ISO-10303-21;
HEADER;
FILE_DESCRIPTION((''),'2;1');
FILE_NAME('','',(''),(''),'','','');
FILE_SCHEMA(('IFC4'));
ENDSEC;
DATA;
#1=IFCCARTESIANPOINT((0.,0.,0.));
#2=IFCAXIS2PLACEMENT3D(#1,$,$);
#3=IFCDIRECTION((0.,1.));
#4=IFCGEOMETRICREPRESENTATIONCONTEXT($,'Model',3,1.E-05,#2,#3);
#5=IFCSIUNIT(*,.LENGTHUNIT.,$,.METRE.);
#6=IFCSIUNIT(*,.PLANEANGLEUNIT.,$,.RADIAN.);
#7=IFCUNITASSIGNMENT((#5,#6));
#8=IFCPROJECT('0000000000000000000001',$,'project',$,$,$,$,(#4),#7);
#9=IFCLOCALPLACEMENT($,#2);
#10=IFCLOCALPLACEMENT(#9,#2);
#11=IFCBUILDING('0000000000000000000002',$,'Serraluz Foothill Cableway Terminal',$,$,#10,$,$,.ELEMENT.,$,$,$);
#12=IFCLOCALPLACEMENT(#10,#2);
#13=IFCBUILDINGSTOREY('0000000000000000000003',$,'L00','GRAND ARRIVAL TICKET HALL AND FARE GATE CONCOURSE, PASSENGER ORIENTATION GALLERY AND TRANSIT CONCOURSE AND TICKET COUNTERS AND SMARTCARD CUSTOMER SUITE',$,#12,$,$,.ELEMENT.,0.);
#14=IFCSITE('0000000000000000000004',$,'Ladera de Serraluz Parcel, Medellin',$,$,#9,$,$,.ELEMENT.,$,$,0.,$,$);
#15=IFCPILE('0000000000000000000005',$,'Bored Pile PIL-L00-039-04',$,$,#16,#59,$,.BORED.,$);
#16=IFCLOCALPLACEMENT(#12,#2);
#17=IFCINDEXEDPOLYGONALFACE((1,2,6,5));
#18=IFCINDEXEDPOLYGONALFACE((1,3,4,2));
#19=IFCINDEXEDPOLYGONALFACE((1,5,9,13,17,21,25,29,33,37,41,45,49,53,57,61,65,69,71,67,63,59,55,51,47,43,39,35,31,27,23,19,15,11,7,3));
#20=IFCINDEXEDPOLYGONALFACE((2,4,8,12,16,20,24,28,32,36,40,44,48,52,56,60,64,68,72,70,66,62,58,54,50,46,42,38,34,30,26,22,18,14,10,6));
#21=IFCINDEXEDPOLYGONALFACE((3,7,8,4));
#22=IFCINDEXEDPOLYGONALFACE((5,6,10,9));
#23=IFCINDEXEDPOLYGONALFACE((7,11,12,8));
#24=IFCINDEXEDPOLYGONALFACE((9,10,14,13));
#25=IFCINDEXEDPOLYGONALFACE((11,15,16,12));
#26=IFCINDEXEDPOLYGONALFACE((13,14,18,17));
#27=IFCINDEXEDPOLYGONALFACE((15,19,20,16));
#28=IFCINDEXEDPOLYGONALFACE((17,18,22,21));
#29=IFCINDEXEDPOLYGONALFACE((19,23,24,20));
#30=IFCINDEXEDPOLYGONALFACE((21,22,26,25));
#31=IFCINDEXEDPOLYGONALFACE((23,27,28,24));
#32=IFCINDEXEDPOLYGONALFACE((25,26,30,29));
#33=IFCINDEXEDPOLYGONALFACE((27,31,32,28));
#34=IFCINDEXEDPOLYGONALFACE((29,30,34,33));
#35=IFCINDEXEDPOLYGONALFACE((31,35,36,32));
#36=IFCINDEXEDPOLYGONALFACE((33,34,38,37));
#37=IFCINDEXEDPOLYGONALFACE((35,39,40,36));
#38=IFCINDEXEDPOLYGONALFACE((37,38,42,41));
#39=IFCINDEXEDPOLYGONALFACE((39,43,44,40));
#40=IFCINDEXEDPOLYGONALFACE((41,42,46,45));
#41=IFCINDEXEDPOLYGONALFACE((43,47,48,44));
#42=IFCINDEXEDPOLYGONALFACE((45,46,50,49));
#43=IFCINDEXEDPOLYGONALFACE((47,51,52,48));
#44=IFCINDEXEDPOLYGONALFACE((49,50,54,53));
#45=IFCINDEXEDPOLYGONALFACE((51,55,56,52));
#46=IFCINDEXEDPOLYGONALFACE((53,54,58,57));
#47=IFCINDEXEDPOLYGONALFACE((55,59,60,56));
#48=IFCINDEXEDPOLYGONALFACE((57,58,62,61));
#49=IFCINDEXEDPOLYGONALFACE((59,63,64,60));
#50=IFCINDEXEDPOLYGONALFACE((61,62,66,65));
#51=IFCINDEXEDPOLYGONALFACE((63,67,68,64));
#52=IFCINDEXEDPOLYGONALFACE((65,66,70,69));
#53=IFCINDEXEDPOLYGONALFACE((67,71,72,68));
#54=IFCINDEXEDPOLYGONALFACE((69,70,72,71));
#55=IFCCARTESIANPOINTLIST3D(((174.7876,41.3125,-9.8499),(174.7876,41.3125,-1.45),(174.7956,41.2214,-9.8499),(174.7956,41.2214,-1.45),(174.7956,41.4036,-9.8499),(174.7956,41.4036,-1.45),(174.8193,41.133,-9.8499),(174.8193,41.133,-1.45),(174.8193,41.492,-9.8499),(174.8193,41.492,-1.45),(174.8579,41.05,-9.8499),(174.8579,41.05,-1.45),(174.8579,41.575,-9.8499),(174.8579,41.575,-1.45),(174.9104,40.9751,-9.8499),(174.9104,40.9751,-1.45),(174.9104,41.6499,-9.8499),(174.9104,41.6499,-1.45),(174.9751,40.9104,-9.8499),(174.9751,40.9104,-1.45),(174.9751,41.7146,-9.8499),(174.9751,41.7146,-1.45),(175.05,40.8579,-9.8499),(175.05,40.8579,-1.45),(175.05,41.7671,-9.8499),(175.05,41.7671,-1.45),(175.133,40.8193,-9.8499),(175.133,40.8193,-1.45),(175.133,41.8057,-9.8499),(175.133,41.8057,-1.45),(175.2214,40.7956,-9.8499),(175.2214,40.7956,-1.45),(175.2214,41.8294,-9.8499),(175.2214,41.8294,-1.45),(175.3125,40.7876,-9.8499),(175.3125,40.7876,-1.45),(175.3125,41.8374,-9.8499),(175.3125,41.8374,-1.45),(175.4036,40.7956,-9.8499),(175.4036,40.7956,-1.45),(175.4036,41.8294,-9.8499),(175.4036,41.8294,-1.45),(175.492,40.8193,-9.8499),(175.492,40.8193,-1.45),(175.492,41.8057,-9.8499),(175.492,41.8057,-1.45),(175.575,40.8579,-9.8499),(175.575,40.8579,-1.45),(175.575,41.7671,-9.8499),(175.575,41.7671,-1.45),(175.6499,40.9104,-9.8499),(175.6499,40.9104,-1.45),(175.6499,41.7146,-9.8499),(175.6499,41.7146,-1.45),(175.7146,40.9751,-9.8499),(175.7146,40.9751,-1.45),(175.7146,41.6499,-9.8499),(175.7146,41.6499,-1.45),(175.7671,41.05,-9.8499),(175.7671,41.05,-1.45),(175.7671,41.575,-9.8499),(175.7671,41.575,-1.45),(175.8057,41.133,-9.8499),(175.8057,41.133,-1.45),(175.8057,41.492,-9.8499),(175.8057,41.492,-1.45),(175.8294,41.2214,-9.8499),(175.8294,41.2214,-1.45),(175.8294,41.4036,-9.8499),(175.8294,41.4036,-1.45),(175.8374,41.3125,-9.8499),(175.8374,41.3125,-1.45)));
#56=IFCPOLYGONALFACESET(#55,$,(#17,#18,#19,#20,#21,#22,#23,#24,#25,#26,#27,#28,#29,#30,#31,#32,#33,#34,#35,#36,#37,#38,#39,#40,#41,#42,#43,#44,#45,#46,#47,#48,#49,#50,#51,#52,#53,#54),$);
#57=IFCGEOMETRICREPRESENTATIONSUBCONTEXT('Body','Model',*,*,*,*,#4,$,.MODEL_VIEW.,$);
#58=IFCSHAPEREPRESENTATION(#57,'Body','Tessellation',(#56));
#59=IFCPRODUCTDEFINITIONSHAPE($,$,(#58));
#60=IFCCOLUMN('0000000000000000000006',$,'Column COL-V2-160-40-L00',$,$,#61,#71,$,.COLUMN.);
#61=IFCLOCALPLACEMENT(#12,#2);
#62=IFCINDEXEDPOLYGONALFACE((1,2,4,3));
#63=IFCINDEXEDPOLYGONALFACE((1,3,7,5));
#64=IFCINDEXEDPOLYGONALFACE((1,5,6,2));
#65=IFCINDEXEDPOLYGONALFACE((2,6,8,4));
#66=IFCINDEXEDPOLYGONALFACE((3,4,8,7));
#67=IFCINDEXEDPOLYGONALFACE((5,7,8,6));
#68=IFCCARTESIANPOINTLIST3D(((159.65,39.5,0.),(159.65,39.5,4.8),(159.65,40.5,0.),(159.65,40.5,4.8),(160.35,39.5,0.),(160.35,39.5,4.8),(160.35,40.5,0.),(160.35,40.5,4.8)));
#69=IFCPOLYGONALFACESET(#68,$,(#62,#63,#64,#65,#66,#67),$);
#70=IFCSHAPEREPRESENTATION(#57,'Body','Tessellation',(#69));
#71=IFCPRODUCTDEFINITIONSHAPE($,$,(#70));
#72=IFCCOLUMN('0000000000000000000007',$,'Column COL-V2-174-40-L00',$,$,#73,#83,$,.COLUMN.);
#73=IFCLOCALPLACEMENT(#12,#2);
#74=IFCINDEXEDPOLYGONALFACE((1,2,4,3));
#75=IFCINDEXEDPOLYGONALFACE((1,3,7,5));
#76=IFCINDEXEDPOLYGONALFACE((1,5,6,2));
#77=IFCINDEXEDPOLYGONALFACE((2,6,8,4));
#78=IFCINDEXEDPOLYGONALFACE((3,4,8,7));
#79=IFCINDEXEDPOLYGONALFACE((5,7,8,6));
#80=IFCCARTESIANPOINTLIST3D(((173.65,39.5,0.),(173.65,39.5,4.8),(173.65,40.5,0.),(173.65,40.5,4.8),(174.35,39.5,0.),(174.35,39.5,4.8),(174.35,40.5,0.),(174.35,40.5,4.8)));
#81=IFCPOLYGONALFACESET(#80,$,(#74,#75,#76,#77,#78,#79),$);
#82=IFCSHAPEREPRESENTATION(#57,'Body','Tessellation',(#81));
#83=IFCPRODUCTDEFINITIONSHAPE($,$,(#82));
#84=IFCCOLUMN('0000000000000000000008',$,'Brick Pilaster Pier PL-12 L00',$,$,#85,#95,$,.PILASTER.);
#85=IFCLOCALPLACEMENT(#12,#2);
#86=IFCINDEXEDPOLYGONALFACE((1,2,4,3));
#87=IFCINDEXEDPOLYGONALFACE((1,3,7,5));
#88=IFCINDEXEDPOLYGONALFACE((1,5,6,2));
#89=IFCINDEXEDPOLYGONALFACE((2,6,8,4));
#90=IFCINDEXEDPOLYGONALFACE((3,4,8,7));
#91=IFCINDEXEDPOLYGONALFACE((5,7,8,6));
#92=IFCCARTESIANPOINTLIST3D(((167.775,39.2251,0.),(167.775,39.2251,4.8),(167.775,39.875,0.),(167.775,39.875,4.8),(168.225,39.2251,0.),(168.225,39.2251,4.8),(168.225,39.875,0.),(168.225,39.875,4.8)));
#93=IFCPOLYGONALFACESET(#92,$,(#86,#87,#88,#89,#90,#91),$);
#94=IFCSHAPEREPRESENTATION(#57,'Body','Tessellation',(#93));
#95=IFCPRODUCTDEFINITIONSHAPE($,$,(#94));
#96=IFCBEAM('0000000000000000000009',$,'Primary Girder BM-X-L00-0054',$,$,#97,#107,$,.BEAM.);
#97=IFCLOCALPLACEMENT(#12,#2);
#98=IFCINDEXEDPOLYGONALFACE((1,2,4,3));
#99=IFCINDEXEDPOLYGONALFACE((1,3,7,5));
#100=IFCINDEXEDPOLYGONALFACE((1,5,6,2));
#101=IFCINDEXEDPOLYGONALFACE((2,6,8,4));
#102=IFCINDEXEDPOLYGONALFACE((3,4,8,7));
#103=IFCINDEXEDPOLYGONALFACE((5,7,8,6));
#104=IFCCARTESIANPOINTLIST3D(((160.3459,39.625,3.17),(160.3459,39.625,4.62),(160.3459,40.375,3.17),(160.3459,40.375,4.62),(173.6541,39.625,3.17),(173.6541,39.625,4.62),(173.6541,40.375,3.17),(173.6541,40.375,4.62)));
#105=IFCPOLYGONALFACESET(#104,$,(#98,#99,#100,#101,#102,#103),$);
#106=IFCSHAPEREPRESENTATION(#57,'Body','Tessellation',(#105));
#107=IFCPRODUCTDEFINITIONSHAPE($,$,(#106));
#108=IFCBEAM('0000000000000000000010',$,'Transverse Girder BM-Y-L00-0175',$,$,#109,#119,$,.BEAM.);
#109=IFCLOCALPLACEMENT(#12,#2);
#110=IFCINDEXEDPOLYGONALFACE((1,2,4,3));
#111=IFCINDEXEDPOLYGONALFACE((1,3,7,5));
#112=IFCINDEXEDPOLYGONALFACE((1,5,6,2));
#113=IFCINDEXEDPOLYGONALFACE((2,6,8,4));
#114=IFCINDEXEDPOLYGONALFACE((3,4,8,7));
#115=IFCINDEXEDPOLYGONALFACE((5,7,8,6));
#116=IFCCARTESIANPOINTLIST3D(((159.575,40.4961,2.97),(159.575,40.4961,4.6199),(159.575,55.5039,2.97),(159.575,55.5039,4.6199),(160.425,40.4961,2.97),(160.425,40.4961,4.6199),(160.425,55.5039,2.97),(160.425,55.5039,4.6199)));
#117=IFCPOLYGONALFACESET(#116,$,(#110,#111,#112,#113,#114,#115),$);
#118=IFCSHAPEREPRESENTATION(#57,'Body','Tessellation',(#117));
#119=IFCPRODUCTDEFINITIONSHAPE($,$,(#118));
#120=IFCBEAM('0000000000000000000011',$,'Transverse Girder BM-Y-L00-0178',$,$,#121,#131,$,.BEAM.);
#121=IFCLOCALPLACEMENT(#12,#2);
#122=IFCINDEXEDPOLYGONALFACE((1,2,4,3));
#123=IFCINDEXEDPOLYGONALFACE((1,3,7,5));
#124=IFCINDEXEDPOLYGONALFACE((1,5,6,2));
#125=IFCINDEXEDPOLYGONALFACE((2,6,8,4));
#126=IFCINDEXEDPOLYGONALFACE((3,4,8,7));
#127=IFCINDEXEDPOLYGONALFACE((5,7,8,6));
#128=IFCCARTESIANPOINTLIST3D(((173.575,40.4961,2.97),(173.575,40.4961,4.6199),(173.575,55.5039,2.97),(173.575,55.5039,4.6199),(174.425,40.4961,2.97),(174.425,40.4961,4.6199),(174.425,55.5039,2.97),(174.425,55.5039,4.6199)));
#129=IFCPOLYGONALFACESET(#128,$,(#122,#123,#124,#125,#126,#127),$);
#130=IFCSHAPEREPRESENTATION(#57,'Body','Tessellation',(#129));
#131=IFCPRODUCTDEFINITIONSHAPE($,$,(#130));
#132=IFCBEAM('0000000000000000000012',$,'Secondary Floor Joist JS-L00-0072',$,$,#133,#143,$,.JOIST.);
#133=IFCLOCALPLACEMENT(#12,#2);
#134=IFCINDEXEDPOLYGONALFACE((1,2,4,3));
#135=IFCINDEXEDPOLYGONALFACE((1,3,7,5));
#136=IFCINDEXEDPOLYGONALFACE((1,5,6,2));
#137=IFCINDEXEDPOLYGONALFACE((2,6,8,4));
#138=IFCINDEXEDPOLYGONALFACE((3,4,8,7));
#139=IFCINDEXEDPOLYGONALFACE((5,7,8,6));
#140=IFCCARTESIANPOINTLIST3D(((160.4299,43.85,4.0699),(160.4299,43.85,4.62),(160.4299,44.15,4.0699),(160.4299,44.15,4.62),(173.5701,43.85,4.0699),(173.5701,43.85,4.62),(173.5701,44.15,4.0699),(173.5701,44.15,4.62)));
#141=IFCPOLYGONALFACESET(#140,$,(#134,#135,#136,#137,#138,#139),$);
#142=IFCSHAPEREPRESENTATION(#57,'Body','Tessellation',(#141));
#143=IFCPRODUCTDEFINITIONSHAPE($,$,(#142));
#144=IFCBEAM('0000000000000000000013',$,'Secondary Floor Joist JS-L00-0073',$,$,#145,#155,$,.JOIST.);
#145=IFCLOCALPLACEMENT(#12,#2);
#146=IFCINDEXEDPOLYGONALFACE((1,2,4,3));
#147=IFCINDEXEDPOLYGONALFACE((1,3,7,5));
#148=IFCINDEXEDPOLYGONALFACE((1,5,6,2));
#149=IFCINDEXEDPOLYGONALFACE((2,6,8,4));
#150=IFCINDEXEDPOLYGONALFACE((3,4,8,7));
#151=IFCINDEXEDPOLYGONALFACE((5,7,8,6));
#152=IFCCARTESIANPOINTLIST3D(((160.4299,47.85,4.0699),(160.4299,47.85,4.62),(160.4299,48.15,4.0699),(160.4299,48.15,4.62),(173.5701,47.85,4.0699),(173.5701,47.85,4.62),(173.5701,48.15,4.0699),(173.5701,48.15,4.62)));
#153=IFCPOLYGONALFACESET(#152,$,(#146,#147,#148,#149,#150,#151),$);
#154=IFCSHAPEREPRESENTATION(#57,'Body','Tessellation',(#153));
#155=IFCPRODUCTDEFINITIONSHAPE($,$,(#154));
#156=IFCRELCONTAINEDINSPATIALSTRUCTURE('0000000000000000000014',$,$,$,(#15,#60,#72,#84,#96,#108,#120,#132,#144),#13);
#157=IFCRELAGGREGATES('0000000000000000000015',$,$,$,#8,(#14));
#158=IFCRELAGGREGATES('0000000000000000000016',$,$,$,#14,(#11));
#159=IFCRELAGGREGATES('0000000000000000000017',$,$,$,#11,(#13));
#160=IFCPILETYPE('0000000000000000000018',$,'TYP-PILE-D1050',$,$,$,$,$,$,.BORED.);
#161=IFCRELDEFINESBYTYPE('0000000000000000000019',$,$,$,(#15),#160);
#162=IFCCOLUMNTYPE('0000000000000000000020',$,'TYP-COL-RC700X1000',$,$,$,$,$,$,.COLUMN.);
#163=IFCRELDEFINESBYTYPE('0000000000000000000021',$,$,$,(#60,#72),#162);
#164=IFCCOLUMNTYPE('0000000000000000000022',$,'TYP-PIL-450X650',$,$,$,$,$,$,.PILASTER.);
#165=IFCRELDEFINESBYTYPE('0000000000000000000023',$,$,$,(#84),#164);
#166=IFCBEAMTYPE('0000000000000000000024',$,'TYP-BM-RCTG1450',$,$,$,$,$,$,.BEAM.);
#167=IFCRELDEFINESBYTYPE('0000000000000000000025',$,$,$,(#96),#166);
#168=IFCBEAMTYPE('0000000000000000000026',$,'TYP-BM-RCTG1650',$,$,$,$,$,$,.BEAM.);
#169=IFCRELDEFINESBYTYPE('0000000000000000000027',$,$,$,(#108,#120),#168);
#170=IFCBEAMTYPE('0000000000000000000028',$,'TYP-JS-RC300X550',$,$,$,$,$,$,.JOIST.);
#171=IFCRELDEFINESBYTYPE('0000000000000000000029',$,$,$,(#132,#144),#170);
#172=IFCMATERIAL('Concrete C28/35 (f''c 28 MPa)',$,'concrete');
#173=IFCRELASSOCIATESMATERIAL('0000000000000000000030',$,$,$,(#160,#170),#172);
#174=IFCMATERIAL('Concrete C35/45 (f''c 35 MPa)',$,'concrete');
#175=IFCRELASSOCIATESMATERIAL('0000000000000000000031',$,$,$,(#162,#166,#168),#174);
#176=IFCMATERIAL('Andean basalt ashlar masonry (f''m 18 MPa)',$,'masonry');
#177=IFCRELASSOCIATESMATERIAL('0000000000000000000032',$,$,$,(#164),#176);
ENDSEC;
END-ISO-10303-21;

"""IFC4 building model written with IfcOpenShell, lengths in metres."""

from ifc_helpers import new_model, si_unit, direction, frame, origin, origin_2d, place, context, subcontext, project, spatial, rectangle, circle, extrude, material, material_profile, profile_set, type_object, element, save


model = new_model("IFC4")

# Units and contexts
model_context = context("Model", 3, precision=1e-05, world=origin(), true_north=direction((0.0, 1.0)))
body_context = subcontext(model_context, "Body", "Model", "MODEL_VIEW")
ifc_project = project(units=[si_unit("LENGTHUNIT", "METRE"), si_unit("PLANEANGLEUNIT", "RADIAN")], contexts=[model_context])

# Site, building, storey
site_placement = place(None, origin())
site = spatial("IfcSite", under=ifc_project, at=site_placement, Name="Ladera de Serraluz Parcel, Medellin", CompositionType="ELEMENT", RefElevation=0.0)
building_placement = place(site_placement, origin())
building = spatial("IfcBuilding", under=site, at=building_placement, Name="Serraluz Foothill Cableway Terminal", CompositionType="ELEMENT")
storey_placement = place(building_placement, origin())
storey = spatial("IfcBuildingStorey", under=building, at=storey_placement, Name="L00", Description="GRAND ARRIVAL TICKET HALL AND FARE GATE CONCOURSE, PASSENGER ORIENTATION GALLERY AND TRANSIT CONCOURSE AND TICKET COUNTERS AND SMARTCARD CUSTOMER SUITE", CompositionType="ELEMENT", Elevation=0.0)

# Shared definitions
ifc_material_1 = material(Name="Concrete C35/45 (f'c 35 MPa)", Category="concrete")

# Pile
ifc_material_2 = material(Name="Concrete C28/35 (f'c 28 MPa)", Category="concrete")
ifc_material_profile_1 = material_profile(ifc_material_2, circle(Radius=0.5249, at=origin_2d()), Name="BORED PILE D1050")
ifc_profile_set_1 = profile_set([ifc_material_profile_1], Name="Concrete C28/35 (f'c 28 MPa)")
pile_type = type_object("IfcPileType", Name="TYP-PILE-D1050", PredefinedType="BORED", material=ifc_profile_set_1)
for number, where, z_axis, x_axis, name in (
    (1, (175.3125, 41.3125, -1.45), (0.0, 0.0, -1.0), (1.0, 0.0, 0.0), "Bored Pile PIL-L00-039-04"),
):
    element("IfcPile", number, at=place(storey_placement, frame(where, z_axis=z_axis, x_axis=x_axis)), inside=storey, type_object=pile_type, Name=name, PredefinedType="BORED", context=body_context, shape_type="SweptSolid", body=[
        extrude(circle(Radius=0.5249, at=origin_2d()), origin(), (0.0, 0.0, 1.0), 8.3999),
    ])

# Columns
ifc_material_profile_2 = material_profile(ifc_material_1, rectangle(XDim=0.7, YDim=1.0, at=origin_2d()), Name="RC 700x1000")
ifc_profile_set_2 = profile_set([ifc_material_profile_2], Name="Concrete C35/45 (f'c 35 MPa)")
column_type_1 = type_object("IfcColumnType", Name="TYP-COL-RC700X1000", PredefinedType="COLUMN", material=ifc_profile_set_2)
for number, where, z_axis, x_axis, name in (
    (2, (160.0, 40.0, 0.0), (0.0, 0.0, 1.0), (1.0, 0.0, 0.0), "Column COL-V2-160-40-L00"),
    (3, (174.0, 40.0, 0.0), (0.0, 0.0, 1.0), (1.0, 0.0, 0.0), "Column COL-V2-174-40-L00"),
):
    element("IfcColumn", number, at=place(storey_placement, frame(where, z_axis=z_axis, x_axis=x_axis)), inside=storey, type_object=column_type_1, Name=name, PredefinedType="COLUMN", context=body_context, shape_type="SweptSolid", body=[
        extrude(rectangle(XDim=0.7, YDim=1.0, at=origin_2d()), origin(), (0.0, 0.0, 1.0), 4.8),
    ])
ifc_material_3 = material(Name="Andean basalt ashlar masonry (f'm 18 MPa)", Category="masonry")
ifc_material_profile_3 = material_profile(ifc_material_3, rectangle(XDim=0.45, YDim=0.6499, at=origin_2d()), Name="PIL 450x650")
ifc_profile_set_3 = profile_set([ifc_material_profile_3], Name="Andean basalt ashlar masonry (f'm 18 MPa)")
column_type_2 = type_object("IfcColumnType", Name="TYP-PIL-450X650", PredefinedType="PILASTER", material=ifc_profile_set_3)
column_placement = place(storey_placement, frame((168.0, 39.55, 0.0), z_axis=(0.0, 0.0, 1.0), x_axis=(1.0, 0.0, 0.0)))
element("IfcColumn", 4, at=column_placement, inside=storey, type_object=column_type_2, Name="Brick Pilaster Pier PL-12 L00", PredefinedType="PILASTER", context=body_context, shape_type="SweptSolid", body=[
    extrude(rectangle(XDim=0.45, YDim=0.6499, at=origin_2d()), origin(), (0.0, 0.0, 1.0), 4.8),
])

# Beams
ifc_material_profile_4 = material_profile(ifc_material_1, rectangle(XDim=0.75, YDim=1.45, at=origin_2d()), Name="RC TG 750x1450")
ifc_profile_set_4 = profile_set([ifc_material_profile_4], Name="Concrete C35/45 (f'c 35 MPa)")
beam_type_1 = type_object("IfcBeamType", Name="TYP-BM-RCTG1450", PredefinedType="BEAM", material=ifc_profile_set_4)
beam_placement = place(storey_placement, frame((160.3459, 40.0, 3.895), z_axis=(1.0, 0.0, 0.0), x_axis=(0.0, 1.0, 0.0)))
element("IfcBeam", 5, at=beam_placement, inside=storey, type_object=beam_type_1, Name="Primary Girder BM-X-L00-0054", PredefinedType="BEAM", context=body_context, shape_type="SweptSolid", body=[
    extrude(rectangle(XDim=0.75, YDim=1.45, at=origin_2d()), origin(), (0.0, 0.0, 1.0), 13.3081),
])
ifc_material_profile_5 = material_profile(ifc_material_1, rectangle(XDim=0.8501, YDim=1.6499, at=origin_2d()), Name="RC TG 850x1650")
ifc_profile_set_5 = profile_set([ifc_material_profile_5], Name="Concrete C35/45 (f'c 35 MPa)")
beam_type_2 = type_object("IfcBeamType", Name="TYP-BM-RCTG1650", PredefinedType="BEAM", material=ifc_profile_set_5)
for number, where, z_axis, x_axis, name in (
    (6, (160.0, 40.4961, 3.7949), (0.0, 1.0, 0.0), (-1.0, 0.0, 0.0), "Transverse Girder BM-Y-L00-0175"),
    (7, (174.0, 40.4961, 3.7949), (0.0, 1.0, 0.0), (-1.0, 0.0, 0.0), "Transverse Girder BM-Y-L00-0178"),
):
    element("IfcBeam", number, at=place(storey_placement, frame(where, z_axis=z_axis, x_axis=x_axis)), inside=storey, type_object=beam_type_2, Name=name, PredefinedType="BEAM", context=body_context, shape_type="SweptSolid", body=[
        extrude(rectangle(XDim=0.8501, YDim=1.6499, at=origin_2d()), origin(), (0.0, 0.0, 1.0), 15.0078),
    ])
ifc_material_profile_6 = material_profile(ifc_material_2, rectangle(XDim=0.3, YDim=0.55, at=origin_2d()), Name="RC 300x550")
ifc_profile_set_6 = profile_set([ifc_material_profile_6], Name="Concrete C28/35 (f'c 28 MPa)")
beam_type_3 = type_object("IfcBeamType", Name="TYP-JS-RC300X550", PredefinedType="JOIST", material=ifc_profile_set_6)
for number, where, z_axis, x_axis, name in (
    (8, (160.4299, 44.0, 4.345), (1.0, 0.0, 0.0), (0.0, 1.0, 0.0), "Secondary Floor Joist JS-L00-0072"),
    (9, (160.4299, 48.0, 4.345), (1.0, 0.0, 0.0), (0.0, 1.0, 0.0), "Secondary Floor Joist JS-L00-0073"),
):
    element("IfcBeam", number, at=place(storey_placement, frame(where, z_axis=z_axis, x_axis=x_axis)), inside=storey, type_object=beam_type_3, Name=name, PredefinedType="JOIST", context=body_context, shape_type="SweptSolid", body=[
        extrude(rectangle(XDim=0.3, YDim=0.55, at=origin_2d()), origin(), (0.0, 0.0, 1.0), 13.1401),
    ])

save(model, "model.ifc")
